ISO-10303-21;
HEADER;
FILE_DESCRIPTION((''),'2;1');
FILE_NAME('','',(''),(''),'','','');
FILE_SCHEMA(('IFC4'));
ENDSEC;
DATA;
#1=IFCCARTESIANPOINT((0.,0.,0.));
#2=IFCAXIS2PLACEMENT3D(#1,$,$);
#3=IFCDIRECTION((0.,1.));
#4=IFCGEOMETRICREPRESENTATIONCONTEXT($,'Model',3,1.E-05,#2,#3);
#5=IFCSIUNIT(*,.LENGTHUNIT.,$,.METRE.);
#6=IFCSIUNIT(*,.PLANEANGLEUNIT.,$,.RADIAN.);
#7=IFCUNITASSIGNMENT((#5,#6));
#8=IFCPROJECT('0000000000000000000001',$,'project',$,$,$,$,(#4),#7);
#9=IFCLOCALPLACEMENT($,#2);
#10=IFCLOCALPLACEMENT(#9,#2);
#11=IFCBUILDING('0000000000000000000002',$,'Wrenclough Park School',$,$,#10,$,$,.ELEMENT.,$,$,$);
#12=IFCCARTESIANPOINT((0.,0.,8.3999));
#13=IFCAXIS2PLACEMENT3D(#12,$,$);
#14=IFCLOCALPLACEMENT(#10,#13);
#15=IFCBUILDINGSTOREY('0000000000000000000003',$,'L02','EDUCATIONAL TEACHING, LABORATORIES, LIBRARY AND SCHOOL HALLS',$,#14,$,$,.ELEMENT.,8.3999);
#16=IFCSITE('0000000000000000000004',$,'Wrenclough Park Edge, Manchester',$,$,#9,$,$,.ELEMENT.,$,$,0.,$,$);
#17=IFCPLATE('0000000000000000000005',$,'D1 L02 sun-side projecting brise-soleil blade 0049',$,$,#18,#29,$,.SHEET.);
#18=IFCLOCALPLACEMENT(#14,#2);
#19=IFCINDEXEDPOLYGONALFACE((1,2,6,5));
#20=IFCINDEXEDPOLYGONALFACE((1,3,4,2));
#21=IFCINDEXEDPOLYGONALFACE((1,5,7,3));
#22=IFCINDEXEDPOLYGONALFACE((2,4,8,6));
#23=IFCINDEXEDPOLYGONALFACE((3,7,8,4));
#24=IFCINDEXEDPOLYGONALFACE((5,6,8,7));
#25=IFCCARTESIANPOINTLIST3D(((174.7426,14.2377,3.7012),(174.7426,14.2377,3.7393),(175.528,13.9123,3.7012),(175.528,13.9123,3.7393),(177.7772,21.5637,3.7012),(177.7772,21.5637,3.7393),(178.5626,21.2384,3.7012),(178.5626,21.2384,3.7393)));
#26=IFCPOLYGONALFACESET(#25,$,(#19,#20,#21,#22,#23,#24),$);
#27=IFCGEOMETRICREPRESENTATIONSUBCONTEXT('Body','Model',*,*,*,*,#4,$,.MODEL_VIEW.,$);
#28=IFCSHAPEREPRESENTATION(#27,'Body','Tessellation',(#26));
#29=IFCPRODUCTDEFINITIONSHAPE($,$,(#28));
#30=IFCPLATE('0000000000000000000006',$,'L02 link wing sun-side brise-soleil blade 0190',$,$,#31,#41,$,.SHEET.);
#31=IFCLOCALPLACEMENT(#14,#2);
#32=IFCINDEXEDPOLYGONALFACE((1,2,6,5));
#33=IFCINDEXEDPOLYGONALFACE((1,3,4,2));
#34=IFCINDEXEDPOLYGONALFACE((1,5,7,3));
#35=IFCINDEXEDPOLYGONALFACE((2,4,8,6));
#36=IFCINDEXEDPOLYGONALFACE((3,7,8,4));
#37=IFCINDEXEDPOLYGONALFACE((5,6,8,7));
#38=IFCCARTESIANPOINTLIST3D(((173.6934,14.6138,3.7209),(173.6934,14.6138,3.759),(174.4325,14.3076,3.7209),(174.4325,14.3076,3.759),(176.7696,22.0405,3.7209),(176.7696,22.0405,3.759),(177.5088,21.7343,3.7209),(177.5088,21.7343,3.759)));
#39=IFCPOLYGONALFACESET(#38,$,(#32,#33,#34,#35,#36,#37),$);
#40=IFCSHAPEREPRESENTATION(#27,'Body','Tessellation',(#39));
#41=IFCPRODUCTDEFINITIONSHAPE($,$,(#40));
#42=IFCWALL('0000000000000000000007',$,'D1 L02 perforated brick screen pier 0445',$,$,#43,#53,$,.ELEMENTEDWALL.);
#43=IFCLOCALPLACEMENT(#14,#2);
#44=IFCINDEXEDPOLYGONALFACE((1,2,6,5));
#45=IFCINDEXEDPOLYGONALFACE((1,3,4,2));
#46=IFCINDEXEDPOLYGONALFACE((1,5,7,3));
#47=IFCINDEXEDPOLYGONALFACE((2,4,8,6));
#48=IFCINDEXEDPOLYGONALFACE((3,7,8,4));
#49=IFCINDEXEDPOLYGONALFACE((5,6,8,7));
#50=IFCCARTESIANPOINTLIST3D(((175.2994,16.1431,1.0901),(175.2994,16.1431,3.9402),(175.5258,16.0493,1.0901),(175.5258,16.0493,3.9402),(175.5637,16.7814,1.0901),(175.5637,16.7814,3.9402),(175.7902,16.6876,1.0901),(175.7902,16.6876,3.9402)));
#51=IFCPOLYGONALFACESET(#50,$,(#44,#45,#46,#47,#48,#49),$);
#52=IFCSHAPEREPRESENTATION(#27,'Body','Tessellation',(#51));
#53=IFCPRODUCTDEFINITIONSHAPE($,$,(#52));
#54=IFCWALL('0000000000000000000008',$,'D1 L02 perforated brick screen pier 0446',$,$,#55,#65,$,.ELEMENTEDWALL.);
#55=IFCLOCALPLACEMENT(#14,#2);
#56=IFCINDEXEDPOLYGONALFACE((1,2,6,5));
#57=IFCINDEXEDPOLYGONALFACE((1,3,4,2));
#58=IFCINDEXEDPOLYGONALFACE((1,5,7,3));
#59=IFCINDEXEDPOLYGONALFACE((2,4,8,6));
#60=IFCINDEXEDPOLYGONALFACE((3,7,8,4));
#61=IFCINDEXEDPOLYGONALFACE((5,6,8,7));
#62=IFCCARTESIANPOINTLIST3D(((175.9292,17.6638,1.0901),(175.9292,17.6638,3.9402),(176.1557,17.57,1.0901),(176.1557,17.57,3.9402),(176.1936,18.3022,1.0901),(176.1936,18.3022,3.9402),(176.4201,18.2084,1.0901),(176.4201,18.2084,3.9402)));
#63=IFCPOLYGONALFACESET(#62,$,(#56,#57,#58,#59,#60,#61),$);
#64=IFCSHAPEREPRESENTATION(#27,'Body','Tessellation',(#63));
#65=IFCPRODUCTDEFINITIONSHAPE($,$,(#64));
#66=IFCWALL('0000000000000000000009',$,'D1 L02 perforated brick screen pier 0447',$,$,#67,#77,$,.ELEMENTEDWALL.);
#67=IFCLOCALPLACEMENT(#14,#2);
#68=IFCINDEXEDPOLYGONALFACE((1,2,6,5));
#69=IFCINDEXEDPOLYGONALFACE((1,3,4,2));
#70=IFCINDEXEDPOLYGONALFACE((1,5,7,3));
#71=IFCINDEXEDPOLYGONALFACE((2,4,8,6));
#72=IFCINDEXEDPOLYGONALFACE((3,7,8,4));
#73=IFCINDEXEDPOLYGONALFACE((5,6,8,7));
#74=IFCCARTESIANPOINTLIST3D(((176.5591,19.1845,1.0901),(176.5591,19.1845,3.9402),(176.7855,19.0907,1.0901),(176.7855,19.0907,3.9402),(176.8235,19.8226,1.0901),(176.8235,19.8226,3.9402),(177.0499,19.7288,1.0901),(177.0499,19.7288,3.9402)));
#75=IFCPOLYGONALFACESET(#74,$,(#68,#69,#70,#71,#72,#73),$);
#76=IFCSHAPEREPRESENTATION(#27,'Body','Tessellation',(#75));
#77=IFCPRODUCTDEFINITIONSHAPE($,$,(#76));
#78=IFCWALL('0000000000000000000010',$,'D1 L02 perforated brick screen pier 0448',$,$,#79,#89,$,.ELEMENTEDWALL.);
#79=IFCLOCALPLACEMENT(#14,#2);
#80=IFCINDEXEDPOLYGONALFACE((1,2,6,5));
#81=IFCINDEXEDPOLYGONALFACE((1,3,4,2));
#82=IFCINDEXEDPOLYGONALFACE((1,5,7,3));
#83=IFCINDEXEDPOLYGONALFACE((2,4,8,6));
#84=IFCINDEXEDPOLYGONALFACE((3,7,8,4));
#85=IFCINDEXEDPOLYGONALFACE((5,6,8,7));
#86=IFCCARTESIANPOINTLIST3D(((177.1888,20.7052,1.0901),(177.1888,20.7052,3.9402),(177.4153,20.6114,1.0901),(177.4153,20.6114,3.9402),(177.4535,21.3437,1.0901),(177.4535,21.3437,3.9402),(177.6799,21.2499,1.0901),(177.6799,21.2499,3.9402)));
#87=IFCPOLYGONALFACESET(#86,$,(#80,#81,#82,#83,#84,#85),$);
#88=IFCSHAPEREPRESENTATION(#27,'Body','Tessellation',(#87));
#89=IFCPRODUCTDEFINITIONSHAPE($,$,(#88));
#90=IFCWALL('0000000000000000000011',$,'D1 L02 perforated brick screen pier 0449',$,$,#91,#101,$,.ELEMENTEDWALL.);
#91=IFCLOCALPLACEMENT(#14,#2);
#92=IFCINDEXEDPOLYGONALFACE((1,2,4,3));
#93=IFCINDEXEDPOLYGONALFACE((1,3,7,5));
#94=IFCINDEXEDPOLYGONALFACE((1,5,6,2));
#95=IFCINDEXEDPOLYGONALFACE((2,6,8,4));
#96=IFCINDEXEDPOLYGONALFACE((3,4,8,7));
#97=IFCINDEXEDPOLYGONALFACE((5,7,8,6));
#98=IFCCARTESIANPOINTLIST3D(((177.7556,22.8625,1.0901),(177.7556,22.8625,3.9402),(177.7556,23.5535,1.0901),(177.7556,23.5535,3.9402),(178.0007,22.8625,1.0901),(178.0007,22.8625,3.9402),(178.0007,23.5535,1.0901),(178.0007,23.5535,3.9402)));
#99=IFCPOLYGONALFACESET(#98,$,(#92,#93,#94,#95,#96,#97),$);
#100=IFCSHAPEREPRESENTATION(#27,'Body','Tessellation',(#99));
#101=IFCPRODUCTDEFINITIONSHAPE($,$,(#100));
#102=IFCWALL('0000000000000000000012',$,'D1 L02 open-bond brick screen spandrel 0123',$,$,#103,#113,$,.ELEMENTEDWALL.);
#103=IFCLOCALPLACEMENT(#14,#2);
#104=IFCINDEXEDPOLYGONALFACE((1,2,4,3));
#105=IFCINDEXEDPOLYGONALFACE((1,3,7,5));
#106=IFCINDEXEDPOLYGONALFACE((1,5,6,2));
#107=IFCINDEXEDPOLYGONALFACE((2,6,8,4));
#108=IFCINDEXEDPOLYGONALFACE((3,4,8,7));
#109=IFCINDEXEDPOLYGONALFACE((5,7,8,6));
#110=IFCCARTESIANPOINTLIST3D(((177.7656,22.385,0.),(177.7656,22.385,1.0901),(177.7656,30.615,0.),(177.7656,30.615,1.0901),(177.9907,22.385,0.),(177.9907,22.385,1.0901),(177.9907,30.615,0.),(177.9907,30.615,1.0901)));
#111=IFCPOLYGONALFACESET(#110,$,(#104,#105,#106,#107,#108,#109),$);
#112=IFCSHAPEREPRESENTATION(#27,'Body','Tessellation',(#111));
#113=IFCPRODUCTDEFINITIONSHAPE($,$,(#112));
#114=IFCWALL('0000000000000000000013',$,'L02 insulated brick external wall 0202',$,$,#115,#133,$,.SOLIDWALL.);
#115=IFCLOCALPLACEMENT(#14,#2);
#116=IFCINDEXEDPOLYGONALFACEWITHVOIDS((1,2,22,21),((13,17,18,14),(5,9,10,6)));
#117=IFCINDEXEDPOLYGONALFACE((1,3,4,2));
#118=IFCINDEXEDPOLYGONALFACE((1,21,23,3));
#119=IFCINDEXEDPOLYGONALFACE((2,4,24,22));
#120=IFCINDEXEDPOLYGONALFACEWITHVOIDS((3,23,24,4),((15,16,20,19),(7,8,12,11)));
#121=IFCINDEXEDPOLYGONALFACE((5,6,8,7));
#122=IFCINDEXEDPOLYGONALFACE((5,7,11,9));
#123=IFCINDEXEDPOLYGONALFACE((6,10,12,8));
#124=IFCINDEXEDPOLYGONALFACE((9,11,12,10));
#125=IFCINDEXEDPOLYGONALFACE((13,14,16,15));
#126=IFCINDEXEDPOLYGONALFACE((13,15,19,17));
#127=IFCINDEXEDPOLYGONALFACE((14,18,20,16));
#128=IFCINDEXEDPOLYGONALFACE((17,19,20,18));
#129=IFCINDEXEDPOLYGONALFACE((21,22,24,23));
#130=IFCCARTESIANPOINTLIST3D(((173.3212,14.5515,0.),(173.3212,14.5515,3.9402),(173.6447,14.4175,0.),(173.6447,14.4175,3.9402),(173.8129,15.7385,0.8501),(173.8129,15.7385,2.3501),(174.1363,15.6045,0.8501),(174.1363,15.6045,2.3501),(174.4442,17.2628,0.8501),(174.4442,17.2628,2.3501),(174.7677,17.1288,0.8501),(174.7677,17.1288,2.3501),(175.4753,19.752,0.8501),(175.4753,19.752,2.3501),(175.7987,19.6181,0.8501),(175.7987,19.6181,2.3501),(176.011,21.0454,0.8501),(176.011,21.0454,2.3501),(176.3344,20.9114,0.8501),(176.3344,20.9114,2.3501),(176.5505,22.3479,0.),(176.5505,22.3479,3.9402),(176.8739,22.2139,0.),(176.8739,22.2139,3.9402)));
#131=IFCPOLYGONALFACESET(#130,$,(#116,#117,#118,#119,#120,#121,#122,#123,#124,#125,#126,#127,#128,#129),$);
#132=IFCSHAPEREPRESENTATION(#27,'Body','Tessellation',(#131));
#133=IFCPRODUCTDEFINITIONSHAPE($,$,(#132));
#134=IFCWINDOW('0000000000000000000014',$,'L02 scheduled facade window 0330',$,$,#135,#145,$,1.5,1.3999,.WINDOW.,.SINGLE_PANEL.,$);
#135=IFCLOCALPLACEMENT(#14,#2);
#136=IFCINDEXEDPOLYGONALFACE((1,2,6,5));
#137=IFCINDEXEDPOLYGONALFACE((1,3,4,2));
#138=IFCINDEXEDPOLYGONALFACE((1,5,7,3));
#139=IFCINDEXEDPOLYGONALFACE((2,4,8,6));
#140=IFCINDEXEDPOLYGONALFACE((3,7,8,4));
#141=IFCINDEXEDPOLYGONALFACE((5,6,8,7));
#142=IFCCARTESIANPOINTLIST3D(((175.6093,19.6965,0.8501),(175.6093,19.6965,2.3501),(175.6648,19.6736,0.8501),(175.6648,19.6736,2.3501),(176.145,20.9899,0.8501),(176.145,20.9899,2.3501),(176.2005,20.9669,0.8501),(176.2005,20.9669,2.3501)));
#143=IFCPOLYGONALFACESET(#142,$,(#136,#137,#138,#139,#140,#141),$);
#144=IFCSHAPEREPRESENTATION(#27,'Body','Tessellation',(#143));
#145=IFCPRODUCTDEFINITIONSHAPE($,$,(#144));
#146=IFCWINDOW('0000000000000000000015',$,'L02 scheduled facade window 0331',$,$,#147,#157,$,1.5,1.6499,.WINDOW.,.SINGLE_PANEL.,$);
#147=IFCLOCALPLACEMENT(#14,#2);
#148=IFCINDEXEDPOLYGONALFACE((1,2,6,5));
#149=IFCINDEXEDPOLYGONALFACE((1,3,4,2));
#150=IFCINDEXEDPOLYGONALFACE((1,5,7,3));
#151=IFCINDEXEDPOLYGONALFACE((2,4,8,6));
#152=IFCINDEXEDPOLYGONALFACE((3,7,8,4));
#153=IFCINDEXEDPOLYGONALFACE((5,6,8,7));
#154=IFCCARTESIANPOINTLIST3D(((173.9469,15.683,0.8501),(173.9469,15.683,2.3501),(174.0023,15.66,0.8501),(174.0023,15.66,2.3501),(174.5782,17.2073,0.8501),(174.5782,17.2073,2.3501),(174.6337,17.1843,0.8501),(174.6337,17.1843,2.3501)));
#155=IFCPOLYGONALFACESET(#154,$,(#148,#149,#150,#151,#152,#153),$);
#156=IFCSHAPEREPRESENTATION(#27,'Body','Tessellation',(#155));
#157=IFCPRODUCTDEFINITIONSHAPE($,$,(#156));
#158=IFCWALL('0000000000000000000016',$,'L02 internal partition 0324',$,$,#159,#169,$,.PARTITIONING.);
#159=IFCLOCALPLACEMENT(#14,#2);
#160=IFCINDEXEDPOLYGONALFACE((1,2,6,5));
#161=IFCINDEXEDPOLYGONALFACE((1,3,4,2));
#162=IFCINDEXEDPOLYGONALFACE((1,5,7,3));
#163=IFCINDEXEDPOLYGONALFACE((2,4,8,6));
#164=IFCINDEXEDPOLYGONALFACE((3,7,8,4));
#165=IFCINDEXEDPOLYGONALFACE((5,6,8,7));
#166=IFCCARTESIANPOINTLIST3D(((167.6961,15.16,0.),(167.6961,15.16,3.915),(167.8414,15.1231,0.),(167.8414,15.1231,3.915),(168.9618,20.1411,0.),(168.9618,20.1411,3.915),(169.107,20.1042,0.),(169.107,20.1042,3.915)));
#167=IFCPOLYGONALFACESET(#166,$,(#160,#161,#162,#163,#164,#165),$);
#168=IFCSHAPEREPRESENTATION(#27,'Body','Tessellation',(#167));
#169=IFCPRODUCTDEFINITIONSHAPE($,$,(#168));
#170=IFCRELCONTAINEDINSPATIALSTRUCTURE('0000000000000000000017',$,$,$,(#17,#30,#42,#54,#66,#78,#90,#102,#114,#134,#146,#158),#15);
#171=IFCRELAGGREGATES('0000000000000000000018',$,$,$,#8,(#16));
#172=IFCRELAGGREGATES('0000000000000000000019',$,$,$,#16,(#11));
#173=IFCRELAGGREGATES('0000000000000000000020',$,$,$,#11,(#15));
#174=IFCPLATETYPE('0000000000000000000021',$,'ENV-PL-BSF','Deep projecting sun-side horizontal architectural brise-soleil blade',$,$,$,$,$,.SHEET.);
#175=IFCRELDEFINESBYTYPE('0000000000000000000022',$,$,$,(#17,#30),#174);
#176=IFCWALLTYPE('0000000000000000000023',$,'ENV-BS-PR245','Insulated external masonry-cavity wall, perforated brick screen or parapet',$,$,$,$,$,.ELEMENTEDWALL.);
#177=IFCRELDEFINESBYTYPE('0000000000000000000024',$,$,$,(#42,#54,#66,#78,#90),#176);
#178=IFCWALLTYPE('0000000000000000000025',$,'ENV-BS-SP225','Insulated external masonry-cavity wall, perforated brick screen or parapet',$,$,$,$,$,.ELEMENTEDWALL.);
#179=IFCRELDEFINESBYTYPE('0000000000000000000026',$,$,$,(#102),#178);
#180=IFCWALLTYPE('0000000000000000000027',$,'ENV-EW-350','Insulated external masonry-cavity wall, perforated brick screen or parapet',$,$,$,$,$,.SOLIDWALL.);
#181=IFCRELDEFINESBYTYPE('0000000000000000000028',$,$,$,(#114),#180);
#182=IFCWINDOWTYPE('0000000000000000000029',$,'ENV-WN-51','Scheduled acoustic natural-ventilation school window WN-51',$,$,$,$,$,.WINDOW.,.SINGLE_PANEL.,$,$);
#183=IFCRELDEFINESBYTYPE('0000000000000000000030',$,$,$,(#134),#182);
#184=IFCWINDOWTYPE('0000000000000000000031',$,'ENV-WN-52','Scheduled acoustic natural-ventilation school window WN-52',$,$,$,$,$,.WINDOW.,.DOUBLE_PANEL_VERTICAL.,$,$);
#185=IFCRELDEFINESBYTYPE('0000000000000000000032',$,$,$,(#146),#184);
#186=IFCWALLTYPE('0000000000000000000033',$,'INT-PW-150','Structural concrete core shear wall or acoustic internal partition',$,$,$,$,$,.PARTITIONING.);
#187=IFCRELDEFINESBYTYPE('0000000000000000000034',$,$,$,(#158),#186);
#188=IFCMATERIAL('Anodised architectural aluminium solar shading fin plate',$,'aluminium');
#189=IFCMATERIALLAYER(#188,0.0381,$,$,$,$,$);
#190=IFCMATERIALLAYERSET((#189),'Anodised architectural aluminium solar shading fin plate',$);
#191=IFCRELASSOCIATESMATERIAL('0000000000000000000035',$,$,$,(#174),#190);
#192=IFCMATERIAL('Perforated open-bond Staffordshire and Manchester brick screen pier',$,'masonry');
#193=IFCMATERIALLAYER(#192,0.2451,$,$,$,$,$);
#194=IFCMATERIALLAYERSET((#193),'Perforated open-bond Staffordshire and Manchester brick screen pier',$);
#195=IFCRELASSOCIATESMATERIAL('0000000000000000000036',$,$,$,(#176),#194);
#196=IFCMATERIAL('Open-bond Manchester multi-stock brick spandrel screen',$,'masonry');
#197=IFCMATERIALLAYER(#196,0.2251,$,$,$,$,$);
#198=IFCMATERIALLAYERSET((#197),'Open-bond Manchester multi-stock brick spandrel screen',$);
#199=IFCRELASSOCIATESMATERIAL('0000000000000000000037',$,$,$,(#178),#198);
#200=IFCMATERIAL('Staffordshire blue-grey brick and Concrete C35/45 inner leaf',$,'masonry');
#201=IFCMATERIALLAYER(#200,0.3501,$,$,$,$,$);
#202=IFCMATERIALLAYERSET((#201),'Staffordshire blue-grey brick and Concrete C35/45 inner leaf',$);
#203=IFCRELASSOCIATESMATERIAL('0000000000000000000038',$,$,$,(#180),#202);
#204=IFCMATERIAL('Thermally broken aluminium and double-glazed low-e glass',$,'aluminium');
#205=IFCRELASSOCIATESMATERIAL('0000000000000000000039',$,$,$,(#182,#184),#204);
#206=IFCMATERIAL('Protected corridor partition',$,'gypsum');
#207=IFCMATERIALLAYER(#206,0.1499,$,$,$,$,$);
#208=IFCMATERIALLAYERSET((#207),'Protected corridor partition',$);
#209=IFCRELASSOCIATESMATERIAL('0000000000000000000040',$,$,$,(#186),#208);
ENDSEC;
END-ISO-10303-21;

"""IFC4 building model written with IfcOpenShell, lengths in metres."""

from ifc_helpers import new_model, si_unit, direction, frame, frame_2d, origin, origin_2d, place, context, subcontext, project, spatial, rectangle, extrude, material, layer, layer_set, type_object, element, fill, save


model = new_model("IFC4")

# Units and contexts
model_context = context("Model", 3, precision=1e-05, world=origin(), true_north=direction((0.0, 1.0)))
body_context = subcontext(model_context, "Body", "Model", "MODEL_VIEW")
ifc_project = project(units=[si_unit("LENGTHUNIT", "METRE"), si_unit("PLANEANGLEUNIT", "RADIAN")], contexts=[model_context])

# Site, building, storey
site_placement = place(None, origin())
site = spatial("IfcSite", under=ifc_project, at=site_placement, Name="Wrenclough Park Edge, Manchester", CompositionType="ELEMENT", RefElevation=0.0)
building_placement = place(site_placement, origin())
building = spatial("IfcBuilding", under=site, at=building_placement, Name="Wrenclough Park School", CompositionType="ELEMENT")
storey_placement = place(building_placement, frame((0.0, 0.0, 8.3999)))
storey = spatial("IfcBuildingStorey", under=building, at=storey_placement, Name="L02", Description="EDUCATIONAL TEACHING, LABORATORIES, LIBRARY AND SCHOOL HALLS", CompositionType="ELEMENT", Elevation=8.3999)

# Plates
ifc_material_1 = material(Name="Anodised architectural aluminium solar shading fin plate", Category="aluminium")
ifc_layer_1 = layer(ifc_material_1, 0.0381)
ifc_layer_set_1 = layer_set([ifc_layer_1], Name="Anodised architectural aluminium solar shading fin plate")
plate_type = type_object("IfcPlateType", Name="ENV-PL-BSF", Description="Deep projecting sun-side horizontal architectural brise-soleil blade", PredefinedType="SHEET", material=ifc_layer_set_1)
plate_1_placement = place(storey_placement, frame((176.6526, 17.738, 3.7012), z_axis=(0.0, 0.0, 1.0), x_axis=(0.382684, 0.923879, 0.0)))
element("IfcPlate", 1, at=plate_1_placement, inside=storey, type_object=plate_type, Name="D1 L02 sun-side projecting brise-soleil blade 0049", PredefinedType="SHEET", context=body_context, shape_type="SweptSolid", body=[
    extrude(rectangle(XDim=7.9297, YDim=0.8501, at=origin_2d()), origin(), (0.0, 0.0, 1.0), 0.0381),
])
plate_2_placement = place(storey_placement, frame((175.6011, 18.1741, 3.7209), z_axis=(0.0, 0.0, 1.0), x_axis=(-0.38268, -0.923881, 0.0)))
element("IfcPlate", 2, at=plate_2_placement, inside=storey, type_object=plate_type, Name="L02 link wing sun-side brise-soleil blade 0190", PredefinedType="SHEET", context=body_context, shape_type="SweptSolid", body=[
    extrude(rectangle(XDim=8.0386, YDim=0.8, at=origin_2d()), origin(), (0.0, 0.0, 1.0), 0.0381),
])

# Walls
ifc_material_2 = material(Name="Perforated open-bond Staffordshire and Manchester brick screen pier", Category="masonry")
ifc_layer_2 = layer(ifc_material_2, 0.2451)
ifc_layer_set_2 = layer_set([ifc_layer_2], Name="Perforated open-bond Staffordshire and Manchester brick screen pier")
wall_type_1 = type_object("IfcWallType", Name="ENV-BS-PR245", Description="Insulated external masonry-cavity wall, perforated brick screen or parapet", PredefinedType="ELEMENTEDWALL", material=ifc_layer_set_2)
for number, where, z_axis, x_axis, name in (
    (3, (175.4126, 16.0962, 1.0901), (0.0, 0.0, 1.0), (0.382633, 0.923901, 0.0), "D1 L02 perforated brick screen pier 0445"),
    (4, (176.0425, 17.6169, 1.0901), (0.0, 0.0, 1.0), (0.382633, 0.923901, 0.0), "D1 L02 perforated brick screen pier 0446"),
):
    element("IfcWall", number, at=place(storey_placement, frame(where, z_axis=z_axis, x_axis=x_axis)), inside=storey, type_object=wall_type_1, Name=name, PredefinedType="ELEMENTEDWALL", context=body_context, shape_type="SweptSolid", body=[
        extrude(rectangle(XDim=0.6909, YDim=0.2451, at=frame_2d((0.3455, 0.0))), origin(), (0.0, 0.0, 1.0), 2.8501),
    ])
wall_1_placement = place(storey_placement, frame((176.6724, 19.1377, 1.0901), z_axis=(0.0, 0.0, 1.0), x_axis=(0.382758, 0.923849, 0.0)))
element("IfcWall", 5, at=wall_1_placement, inside=storey, type_object=wall_type_1, Name="D1 L02 perforated brick screen pier 0447", PredefinedType="ELEMENTEDWALL", context=body_context, shape_type="SweptSolid", body=[
    extrude(rectangle(XDim=0.6907, YDim=0.2451, at=frame_2d((0.3452, 0.0))), origin(), (0.0, 0.0, 1.0), 2.8501),
])
wall_2_placement = place(storey_placement, frame((177.302, 20.6582, 1.0901), z_axis=(0.0, 0.0, 1.0), x_axis=(0.382934, 0.923776, 0.0)))
element("IfcWall", 6, at=wall_2_placement, inside=storey, type_object=wall_type_1, Name="D1 L02 perforated brick screen pier 0448", PredefinedType="ELEMENTEDWALL", context=body_context, shape_type="SweptSolid", body=[
    extrude(rectangle(XDim=0.6912, YDim=0.2451, at=frame_2d((0.3457, 0.0))), origin(), (0.0, 0.0, 1.0), 2.8501),
])
wall_3_placement = place(storey_placement, frame((177.8782, 22.8625, 1.0901), z_axis=(0.0, 0.0, 1.0), x_axis=(0.0, 1.0, 0.0)))
element("IfcWall", 7, at=wall_3_placement, inside=storey, type_object=wall_type_1, Name="D1 L02 perforated brick screen pier 0449", PredefinedType="ELEMENTEDWALL", context=body_context, shape_type="SweptSolid", body=[
    extrude(rectangle(XDim=0.6909, YDim=0.2451, at=frame_2d((0.3455, 0.0))), origin(), (0.0, 0.0, 1.0), 2.8501),
])
ifc_material_3 = material(Name="Open-bond Manchester multi-stock brick spandrel screen", Category="masonry")
ifc_layer_3 = layer(ifc_material_3, 0.2251)
ifc_layer_set_3 = layer_set([ifc_layer_3], Name="Open-bond Manchester multi-stock brick spandrel screen")
wall_type_2 = type_object("IfcWallType", Name="ENV-BS-SP225", Description="Insulated external masonry-cavity wall, perforated brick screen or parapet", PredefinedType="ELEMENTEDWALL", material=ifc_layer_set_3)
wall_4_placement = place(storey_placement, frame((177.8782, 22.385, 0.0), z_axis=(0.0, 0.0, 1.0), x_axis=(0.0, 1.0, 0.0)))
element("IfcWall", 8, at=wall_4_placement, inside=storey, type_object=wall_type_2, Name="D1 L02 open-bond brick screen spandrel 0123", PredefinedType="ELEMENTEDWALL", context=body_context, shape_type="SweptSolid", body=[
    extrude(rectangle(XDim=8.23, YDim=0.2251, at=frame_2d((4.115, 0.0))), origin(), (0.0, 0.0, 1.0), 1.0901),
])

# Wall, openings, windows
ifc_material_4 = material(Name="Staffordshire blue-grey brick and Concrete C35/45 inner leaf", Category="masonry")
ifc_layer_4 = layer(ifc_material_4, 0.3501)
ifc_layer_set_4 = layer_set([ifc_layer_4], Name="Staffordshire blue-grey brick and Concrete C35/45 inner leaf")
wall_type_3 = type_object("IfcWallType", Name="ENV-EW-350", Description="Insulated external masonry-cavity wall, perforated brick screen or parapet", PredefinedType="SOLIDWALL", material=ifc_layer_set_4)
wall_5_placement = place(storey_placement, frame((176.7122, 22.2808, 0.0), z_axis=(0.0, 0.0, 1.0), x_axis=(-0.382671, -0.923885, 0.0)))
wall_5 = element("IfcWall", 9, at=wall_5_placement, inside=storey, type_object=wall_type_3, Name="L02 insulated brick external wall 0202", PredefinedType="SOLIDWALL", context=body_context, shape_type="SweptSolid", body=[
    extrude(rectangle(XDim=8.4387, YDim=0.3501, at=frame_2d((4.2192, 0.0))), origin(), (0.0, 0.0, 1.0), 3.9402),
])
opening_1_placement = place(wall_5_placement, frame((1.4097, 0.0, 0.8501)))
opening_1 = element("IfcOpeningElement", 10, at=opening_1_placement, cuts=wall_5, PredefinedType="OPENING", context=body_context, shape_type="SweptSolid", body=[
    extrude(rectangle(XDim=1.3999, YDim=1.5, at=frame_2d((0.7, 0.75))), frame((0.0, 0.1851, 0.0), z_axis=(0.0, -1.0, 0.0), x_axis=(1.0, 0.0, 0.0)), (0.0, 0.0, 1.0), 0.3701),
])
opening_2_placement = place(wall_5_placement, frame((5.5039, 0.0, 0.8501)))
opening_2 = element("IfcOpeningElement", 11, at=opening_2_placement, cuts=wall_5, PredefinedType="OPENING", context=body_context, shape_type="SweptSolid", body=[
    extrude(rectangle(XDim=1.6499, YDim=1.5, at=frame_2d((0.825, 0.75))), frame((0.0, 0.1851, 0.0), z_axis=(0.0, -1.0, 0.0), x_axis=(1.0, 0.0, 0.0)), (0.0, 0.0, 1.0), 0.3701),
])
ifc_material_5 = material(Name="Thermally broken aluminium and double-glazed low-e glass", Category="aluminium")
window_type_1 = type_object("IfcWindowType", Name="ENV-WN-51", Description="Scheduled acoustic natural-ventilation school window WN-51", PartitioningType="SINGLE_PANEL", PredefinedType="WINDOW", material=ifc_material_5)
window_1_placement = place(opening_1_placement, origin())
window_1 = element("IfcWindow", 12, at=window_1_placement, inside=storey, type_object=window_type_1, Name="L02 scheduled facade window 0330", OverallHeight=1.5, OverallWidth=1.3999, PartitioningType="SINGLE_PANEL", PredefinedType="WINDOW", context=body_context, shape_type="SweptSolid", body=[
    extrude(rectangle(XDim=1.3999, YDim=1.5, at=frame_2d((0.7, 0.75))), frame((0.0, 0.03, 0.0), z_axis=(0.0, -1.0, 0.0), x_axis=(1.0, 0.0, 0.0)), (0.0, 0.0, 1.0), 0.0601),
])
fill(opening_1, window_1)
window_type_2 = type_object("IfcWindowType", Name="ENV-WN-52", Description="Scheduled acoustic natural-ventilation school window WN-52", PartitioningType="DOUBLE_PANEL_VERTICAL", PredefinedType="WINDOW", material=ifc_material_5)
window_2_placement = place(opening_2_placement, origin())
window_2 = element("IfcWindow", 13, at=window_2_placement, inside=storey, type_object=window_type_2, Name="L02 scheduled facade window 0331", OverallHeight=1.5, OverallWidth=1.6499, PartitioningType="SINGLE_PANEL", PredefinedType="WINDOW", context=body_context, shape_type="SweptSolid", body=[
    extrude(rectangle(XDim=1.6499, YDim=1.5, at=frame_2d((0.825, 0.75))), frame((0.0, 0.03, 0.0), z_axis=(0.0, -1.0, 0.0), x_axis=(1.0, 0.0, 0.0)), (0.0, 0.0, 1.0), 0.0601),
])
fill(opening_2, window_2)

# Wall
ifc_material_6 = material(Name="Protected corridor partition", Category="gypsum")
ifc_layer_5 = layer(ifc_material_6, 0.1499)
ifc_layer_set_5 = layer_set([ifc_layer_5], Name="Protected corridor partition")
wall_type_4 = type_object("IfcWallType", Name="INT-PW-150", Description="Structural concrete core shear wall or acoustic internal partition", PredefinedType="PARTITIONING", material=ifc_layer_set_5)
wall_6_placement = place(storey_placement, frame((169.0344, 20.1228, 0.0), z_axis=(0.0, 0.0, 1.0), x_axis=(-0.246256, -0.969205, 0.0)))
element("IfcWall", 14, at=wall_6_placement, inside=storey, type_object=wall_type_4, Name="L02 internal partition 0324", PredefinedType="PARTITIONING", context=body_context, shape_type="SweptSolid", body=[
    extrude(rectangle(XDim=5.1394, YDim=0.1499, at=frame_2d((2.5698, 0.0))), origin(), (0.0, 0.0, 1.0), 3.915),
])

save(model, "model.ifc")
